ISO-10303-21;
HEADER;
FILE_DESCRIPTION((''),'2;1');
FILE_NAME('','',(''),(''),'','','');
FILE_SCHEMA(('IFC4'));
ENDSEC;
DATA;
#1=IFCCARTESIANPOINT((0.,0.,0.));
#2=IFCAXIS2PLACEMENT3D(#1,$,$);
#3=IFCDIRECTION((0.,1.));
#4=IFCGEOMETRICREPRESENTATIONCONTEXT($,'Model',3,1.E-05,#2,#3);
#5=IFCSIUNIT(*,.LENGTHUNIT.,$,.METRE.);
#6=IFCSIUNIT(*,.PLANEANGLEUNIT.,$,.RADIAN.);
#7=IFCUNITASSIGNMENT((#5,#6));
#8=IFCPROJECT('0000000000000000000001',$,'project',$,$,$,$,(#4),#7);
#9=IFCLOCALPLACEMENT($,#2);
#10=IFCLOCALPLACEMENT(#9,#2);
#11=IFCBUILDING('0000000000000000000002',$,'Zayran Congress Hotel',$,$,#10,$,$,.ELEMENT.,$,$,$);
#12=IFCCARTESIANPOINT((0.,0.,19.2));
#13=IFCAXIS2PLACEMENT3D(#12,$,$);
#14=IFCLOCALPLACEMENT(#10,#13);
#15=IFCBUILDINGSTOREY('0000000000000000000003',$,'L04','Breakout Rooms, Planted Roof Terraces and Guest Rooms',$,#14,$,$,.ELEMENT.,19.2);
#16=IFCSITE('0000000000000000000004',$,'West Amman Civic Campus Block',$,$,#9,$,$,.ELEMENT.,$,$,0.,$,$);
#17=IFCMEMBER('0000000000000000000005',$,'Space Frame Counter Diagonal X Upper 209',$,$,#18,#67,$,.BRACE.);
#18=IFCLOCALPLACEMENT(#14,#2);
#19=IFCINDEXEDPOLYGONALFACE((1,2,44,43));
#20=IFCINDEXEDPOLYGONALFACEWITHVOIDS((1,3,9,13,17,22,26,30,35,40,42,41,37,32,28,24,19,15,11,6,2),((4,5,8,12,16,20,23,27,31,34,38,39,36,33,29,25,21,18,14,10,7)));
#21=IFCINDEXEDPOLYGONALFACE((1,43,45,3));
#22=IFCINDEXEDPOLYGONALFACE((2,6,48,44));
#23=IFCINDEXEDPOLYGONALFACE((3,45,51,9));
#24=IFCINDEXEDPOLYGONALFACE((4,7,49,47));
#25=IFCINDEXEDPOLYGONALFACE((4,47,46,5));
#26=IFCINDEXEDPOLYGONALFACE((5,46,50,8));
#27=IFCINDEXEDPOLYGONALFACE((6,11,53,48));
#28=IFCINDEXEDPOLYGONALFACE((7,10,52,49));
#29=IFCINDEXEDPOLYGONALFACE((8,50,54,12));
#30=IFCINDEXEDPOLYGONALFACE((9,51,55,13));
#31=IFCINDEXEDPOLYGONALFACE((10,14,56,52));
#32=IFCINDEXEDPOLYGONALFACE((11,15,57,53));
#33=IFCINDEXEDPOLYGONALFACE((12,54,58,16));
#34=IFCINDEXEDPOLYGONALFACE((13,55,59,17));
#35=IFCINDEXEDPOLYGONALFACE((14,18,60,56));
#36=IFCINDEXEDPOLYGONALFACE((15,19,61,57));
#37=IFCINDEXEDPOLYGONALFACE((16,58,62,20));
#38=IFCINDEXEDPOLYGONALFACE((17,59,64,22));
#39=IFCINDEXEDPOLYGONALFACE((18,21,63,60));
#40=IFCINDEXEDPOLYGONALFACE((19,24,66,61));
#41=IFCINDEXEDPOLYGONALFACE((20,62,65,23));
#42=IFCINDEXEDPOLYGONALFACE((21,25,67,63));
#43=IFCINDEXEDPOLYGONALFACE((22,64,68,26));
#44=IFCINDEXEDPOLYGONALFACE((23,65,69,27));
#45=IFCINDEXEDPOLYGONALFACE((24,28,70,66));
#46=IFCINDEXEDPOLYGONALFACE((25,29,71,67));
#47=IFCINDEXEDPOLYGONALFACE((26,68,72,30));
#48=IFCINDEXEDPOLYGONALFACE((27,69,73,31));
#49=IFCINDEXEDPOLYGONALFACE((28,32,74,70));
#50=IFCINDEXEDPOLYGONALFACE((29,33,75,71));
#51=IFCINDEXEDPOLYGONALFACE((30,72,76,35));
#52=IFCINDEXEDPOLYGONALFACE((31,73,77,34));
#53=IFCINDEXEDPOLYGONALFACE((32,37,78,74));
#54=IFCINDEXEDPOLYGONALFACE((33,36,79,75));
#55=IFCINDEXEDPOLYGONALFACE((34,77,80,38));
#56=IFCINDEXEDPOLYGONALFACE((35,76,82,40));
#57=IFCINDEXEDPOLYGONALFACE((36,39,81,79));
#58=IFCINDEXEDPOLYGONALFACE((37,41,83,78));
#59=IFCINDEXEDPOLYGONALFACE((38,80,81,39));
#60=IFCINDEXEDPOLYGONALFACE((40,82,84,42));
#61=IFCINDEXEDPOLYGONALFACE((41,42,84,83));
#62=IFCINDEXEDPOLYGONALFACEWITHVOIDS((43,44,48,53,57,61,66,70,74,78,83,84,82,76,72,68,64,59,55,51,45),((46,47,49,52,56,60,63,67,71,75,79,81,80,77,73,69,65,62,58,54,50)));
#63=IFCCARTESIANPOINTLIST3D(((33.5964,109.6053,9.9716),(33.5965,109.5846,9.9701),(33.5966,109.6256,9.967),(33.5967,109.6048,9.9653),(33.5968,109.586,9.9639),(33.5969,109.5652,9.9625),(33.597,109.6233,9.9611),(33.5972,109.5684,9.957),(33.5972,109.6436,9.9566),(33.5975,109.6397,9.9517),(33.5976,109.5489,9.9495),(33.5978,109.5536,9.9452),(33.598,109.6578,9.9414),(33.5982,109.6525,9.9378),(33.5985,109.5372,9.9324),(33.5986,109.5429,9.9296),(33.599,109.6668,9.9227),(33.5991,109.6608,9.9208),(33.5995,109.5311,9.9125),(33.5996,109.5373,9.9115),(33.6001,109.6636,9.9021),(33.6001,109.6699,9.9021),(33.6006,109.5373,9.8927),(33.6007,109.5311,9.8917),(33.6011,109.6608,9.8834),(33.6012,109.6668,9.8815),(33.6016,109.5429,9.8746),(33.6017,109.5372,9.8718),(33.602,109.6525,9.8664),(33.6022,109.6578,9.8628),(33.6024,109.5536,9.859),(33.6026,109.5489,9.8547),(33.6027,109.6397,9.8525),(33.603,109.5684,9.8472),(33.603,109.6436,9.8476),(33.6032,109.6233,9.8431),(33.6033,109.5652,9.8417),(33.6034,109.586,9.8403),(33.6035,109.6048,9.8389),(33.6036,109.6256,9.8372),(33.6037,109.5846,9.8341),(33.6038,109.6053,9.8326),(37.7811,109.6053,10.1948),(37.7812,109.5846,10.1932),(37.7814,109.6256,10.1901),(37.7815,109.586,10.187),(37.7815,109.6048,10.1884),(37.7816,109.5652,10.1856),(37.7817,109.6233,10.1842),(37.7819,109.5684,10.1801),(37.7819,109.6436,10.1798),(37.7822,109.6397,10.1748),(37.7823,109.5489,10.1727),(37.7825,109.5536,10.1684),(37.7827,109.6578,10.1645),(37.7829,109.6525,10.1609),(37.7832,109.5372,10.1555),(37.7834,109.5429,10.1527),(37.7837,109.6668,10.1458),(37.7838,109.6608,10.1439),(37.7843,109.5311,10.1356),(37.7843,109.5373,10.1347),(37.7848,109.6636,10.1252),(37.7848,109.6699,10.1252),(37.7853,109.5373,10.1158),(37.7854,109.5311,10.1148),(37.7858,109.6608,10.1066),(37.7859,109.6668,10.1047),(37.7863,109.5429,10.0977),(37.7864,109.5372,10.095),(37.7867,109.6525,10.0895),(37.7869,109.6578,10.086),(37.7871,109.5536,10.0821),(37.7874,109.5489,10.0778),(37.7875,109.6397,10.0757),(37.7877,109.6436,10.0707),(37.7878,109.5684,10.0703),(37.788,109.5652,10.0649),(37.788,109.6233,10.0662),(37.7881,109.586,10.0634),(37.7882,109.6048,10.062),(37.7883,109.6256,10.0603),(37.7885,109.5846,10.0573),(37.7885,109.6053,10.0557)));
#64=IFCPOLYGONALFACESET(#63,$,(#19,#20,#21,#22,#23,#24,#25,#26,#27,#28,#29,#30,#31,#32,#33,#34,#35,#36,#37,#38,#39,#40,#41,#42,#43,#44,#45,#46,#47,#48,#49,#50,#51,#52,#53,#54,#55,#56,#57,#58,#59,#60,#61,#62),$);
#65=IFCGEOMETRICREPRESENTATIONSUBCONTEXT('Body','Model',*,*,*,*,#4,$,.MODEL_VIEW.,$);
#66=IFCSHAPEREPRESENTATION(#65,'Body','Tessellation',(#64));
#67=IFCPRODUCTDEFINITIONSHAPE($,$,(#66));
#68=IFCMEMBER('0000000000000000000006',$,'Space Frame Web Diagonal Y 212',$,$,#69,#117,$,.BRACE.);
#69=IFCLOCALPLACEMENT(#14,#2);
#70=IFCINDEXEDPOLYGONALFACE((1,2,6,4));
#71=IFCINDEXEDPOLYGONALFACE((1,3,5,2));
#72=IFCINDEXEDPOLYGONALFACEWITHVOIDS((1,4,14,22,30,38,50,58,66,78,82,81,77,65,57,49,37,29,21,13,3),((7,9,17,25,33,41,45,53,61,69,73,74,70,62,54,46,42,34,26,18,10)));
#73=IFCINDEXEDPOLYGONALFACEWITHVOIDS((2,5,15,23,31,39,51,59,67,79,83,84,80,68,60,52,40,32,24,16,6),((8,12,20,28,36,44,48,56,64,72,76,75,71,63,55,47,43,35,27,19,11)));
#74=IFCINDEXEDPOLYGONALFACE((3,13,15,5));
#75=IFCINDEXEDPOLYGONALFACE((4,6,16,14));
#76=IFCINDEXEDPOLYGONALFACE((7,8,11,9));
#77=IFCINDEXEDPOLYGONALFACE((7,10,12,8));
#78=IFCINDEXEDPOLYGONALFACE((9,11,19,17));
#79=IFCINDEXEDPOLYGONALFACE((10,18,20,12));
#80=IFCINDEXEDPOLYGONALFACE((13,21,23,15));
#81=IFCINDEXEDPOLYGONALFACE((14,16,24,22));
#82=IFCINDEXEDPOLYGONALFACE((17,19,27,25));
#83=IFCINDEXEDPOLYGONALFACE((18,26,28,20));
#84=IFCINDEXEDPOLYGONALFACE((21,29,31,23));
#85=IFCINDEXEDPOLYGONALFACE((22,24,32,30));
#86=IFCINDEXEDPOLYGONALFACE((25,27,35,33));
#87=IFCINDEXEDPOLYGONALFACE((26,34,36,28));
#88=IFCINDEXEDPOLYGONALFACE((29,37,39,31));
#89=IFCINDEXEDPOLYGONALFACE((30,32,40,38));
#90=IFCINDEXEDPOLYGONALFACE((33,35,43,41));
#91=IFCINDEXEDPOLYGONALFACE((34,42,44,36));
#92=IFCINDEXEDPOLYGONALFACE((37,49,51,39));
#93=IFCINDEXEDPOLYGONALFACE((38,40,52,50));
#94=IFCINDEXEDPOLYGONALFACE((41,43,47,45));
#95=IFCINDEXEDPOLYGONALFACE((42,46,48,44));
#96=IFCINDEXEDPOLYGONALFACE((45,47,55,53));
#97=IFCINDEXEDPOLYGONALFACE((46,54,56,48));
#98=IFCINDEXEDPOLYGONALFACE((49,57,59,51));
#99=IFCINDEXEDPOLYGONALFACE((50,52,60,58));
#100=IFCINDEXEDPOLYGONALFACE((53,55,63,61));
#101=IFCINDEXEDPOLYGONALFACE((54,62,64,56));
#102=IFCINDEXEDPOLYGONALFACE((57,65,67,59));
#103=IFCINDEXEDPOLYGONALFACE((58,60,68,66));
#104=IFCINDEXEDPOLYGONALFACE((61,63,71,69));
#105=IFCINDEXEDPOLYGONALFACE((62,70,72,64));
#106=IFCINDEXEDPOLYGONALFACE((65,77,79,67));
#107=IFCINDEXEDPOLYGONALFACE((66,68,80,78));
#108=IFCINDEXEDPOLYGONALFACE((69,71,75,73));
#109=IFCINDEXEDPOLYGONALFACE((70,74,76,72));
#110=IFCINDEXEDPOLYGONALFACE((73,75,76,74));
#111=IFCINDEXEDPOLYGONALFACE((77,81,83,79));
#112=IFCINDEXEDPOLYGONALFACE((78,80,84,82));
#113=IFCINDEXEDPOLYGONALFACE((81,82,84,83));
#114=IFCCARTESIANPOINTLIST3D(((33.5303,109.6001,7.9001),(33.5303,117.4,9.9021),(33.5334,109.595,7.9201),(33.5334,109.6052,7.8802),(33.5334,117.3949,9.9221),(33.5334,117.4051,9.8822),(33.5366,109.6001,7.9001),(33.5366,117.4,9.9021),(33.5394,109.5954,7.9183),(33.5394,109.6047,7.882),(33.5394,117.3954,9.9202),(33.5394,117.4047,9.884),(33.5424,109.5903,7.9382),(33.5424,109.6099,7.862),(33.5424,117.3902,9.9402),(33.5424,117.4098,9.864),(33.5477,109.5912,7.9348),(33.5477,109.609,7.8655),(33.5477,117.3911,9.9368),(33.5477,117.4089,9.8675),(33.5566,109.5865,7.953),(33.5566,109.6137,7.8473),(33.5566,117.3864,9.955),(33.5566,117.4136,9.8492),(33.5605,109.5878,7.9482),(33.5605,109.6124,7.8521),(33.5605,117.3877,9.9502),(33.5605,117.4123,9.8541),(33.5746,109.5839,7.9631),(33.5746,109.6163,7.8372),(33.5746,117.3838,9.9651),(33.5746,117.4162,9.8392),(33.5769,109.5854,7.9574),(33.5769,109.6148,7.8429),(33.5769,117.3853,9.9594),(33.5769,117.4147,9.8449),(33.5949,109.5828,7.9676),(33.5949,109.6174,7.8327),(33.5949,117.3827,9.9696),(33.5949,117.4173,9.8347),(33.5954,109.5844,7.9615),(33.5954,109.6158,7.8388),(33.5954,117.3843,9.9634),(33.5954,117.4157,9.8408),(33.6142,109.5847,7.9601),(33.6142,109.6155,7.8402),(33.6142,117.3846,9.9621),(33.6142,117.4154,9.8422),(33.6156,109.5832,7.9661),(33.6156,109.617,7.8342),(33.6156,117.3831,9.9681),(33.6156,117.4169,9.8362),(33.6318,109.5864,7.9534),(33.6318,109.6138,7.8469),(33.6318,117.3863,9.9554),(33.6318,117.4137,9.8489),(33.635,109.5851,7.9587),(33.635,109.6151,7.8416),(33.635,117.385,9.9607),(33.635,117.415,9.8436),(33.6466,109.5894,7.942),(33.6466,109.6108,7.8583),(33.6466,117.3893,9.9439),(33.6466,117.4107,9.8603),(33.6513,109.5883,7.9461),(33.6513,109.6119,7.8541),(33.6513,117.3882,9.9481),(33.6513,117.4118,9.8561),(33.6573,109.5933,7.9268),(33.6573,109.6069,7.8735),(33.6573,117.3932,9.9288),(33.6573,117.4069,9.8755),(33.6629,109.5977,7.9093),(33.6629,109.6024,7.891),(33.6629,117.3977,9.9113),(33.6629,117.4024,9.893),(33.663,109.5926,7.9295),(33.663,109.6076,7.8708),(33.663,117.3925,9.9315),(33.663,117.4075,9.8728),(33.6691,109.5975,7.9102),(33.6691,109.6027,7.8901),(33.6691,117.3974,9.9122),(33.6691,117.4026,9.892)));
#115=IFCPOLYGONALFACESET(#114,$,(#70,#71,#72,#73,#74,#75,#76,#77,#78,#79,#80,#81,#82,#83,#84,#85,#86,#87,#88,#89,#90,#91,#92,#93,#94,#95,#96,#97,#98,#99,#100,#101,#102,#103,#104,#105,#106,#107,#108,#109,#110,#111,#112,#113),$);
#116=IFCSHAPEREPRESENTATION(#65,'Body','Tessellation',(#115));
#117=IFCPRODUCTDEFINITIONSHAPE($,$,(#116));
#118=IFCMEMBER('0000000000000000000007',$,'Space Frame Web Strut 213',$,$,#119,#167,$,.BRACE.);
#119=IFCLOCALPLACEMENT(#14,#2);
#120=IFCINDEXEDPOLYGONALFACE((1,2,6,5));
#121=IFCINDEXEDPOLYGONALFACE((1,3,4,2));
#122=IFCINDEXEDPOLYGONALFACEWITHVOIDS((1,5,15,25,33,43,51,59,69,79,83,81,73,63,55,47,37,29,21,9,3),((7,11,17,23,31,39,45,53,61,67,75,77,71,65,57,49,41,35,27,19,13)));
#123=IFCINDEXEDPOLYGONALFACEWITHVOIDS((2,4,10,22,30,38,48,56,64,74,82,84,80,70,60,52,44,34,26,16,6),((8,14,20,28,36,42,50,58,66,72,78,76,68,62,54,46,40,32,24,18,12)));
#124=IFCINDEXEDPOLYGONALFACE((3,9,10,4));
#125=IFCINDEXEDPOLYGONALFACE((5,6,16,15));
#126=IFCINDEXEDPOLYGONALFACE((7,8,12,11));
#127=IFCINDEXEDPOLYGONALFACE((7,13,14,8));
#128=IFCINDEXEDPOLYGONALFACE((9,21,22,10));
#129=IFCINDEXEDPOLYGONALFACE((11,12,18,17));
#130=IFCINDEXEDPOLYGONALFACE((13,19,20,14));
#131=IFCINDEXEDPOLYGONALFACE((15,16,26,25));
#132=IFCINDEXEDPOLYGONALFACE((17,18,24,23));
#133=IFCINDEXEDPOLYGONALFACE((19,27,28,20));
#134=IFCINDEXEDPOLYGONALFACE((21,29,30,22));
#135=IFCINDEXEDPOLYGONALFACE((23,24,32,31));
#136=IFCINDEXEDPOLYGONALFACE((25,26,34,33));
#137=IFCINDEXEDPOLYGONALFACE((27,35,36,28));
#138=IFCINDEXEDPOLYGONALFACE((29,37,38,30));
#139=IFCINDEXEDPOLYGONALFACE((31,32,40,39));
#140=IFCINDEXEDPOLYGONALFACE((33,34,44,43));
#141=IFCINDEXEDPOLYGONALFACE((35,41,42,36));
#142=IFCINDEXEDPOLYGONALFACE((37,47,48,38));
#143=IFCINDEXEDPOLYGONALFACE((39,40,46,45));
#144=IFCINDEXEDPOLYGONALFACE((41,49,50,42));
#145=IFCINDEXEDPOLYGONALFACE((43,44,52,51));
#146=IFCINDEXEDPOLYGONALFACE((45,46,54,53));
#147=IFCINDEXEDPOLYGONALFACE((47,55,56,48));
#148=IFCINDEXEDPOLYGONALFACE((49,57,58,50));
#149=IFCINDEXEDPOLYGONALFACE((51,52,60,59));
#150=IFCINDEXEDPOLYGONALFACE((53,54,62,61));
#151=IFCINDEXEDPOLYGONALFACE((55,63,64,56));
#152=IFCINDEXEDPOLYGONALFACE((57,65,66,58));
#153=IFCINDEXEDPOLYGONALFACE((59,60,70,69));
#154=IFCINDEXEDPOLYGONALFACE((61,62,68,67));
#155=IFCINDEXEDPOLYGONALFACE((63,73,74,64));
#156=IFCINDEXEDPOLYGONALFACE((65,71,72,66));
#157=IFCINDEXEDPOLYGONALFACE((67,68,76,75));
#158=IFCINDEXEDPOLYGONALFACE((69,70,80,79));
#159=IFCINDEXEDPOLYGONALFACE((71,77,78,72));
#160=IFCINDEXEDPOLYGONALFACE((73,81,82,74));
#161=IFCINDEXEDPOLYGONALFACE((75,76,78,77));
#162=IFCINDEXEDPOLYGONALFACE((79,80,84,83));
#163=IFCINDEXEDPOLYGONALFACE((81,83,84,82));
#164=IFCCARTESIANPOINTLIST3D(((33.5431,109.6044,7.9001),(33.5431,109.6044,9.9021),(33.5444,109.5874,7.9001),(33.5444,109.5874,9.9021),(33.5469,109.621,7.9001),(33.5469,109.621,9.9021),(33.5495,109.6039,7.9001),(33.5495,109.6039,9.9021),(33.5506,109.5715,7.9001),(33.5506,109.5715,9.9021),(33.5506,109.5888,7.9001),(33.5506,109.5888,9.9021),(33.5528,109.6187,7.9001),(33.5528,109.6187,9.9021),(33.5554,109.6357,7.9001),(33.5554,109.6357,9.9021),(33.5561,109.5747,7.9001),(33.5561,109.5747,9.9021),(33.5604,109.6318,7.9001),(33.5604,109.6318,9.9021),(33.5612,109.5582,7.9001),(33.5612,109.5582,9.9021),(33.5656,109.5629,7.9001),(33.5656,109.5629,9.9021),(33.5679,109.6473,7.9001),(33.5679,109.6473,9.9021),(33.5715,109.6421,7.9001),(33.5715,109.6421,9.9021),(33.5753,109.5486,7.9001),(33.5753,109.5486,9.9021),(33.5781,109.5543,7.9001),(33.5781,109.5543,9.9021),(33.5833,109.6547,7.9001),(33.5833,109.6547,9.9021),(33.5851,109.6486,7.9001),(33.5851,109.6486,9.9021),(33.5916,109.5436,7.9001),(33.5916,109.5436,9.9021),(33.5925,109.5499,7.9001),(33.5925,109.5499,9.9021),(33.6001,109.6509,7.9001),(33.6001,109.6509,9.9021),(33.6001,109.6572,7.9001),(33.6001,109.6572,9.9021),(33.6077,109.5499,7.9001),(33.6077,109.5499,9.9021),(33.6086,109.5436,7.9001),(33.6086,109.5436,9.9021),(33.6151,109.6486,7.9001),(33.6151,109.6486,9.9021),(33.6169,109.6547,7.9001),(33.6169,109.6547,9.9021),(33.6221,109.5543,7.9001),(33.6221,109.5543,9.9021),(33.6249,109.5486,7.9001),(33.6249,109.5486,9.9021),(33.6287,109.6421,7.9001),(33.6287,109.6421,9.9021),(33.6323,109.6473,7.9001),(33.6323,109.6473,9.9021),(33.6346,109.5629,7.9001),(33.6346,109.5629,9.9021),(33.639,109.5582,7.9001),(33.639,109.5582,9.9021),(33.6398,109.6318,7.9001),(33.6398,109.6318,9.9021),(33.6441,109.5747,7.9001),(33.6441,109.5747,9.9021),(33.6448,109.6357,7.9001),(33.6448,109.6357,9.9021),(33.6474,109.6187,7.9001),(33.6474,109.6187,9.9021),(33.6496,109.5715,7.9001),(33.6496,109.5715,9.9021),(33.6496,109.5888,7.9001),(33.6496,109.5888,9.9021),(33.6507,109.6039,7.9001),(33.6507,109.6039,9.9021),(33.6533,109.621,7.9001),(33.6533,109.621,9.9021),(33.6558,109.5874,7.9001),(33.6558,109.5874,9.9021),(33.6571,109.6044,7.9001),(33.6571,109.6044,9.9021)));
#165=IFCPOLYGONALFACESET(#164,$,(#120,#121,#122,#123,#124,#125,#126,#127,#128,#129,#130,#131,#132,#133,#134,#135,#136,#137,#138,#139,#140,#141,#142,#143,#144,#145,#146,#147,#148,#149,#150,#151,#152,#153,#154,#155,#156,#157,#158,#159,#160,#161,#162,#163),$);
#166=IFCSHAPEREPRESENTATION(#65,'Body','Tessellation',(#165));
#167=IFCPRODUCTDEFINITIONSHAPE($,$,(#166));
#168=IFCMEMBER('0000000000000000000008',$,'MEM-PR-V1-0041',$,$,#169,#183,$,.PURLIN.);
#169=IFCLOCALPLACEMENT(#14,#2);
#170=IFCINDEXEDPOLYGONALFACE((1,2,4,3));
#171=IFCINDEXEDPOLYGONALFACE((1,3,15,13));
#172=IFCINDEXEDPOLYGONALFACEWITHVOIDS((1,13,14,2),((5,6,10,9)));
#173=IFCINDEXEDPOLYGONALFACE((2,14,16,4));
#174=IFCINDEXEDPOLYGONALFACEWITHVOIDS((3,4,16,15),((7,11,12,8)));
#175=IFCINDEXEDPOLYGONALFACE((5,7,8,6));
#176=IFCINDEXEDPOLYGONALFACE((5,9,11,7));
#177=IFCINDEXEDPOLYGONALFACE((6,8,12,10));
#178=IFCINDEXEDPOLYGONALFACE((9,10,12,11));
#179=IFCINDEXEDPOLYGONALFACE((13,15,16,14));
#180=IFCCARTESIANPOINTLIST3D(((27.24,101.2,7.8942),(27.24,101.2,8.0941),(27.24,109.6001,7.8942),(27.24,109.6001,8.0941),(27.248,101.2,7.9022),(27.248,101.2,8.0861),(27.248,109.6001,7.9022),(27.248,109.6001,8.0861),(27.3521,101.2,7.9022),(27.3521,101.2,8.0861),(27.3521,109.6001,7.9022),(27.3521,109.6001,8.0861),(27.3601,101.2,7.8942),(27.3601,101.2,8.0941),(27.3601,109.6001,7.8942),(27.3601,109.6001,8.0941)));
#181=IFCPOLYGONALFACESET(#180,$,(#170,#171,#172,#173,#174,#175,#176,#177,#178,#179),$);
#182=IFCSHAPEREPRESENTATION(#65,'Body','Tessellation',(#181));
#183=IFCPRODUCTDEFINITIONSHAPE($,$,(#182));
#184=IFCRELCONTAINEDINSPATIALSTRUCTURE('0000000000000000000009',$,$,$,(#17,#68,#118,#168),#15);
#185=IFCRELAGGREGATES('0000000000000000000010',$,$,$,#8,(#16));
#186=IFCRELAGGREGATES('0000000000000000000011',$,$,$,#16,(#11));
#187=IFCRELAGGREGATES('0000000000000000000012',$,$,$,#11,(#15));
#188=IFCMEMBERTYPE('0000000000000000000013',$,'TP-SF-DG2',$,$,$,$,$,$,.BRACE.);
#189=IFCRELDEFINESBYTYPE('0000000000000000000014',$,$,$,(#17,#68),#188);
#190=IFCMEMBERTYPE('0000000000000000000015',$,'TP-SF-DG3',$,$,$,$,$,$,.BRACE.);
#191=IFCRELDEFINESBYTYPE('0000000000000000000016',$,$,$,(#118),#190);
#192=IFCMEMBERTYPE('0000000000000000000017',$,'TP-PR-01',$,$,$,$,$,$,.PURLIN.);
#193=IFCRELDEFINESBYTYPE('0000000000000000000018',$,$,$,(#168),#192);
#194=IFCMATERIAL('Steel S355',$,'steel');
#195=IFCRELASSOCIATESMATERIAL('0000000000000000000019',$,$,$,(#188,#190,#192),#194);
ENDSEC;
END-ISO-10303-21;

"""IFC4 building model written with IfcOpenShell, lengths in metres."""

from ifc_helpers import new_model, si_unit, direction, frame, origin, origin_2d, place, context, subcontext, project, spatial, hollow_rectangle, hollow_circle, extrude, material, material_profile, profile_set, type_object, element, save


model = new_model("IFC4")

# Units and contexts
model_context = context("Model", 3, precision=1e-05, world=origin(), true_north=direction((0.0, 1.0)))
body_context = subcontext(model_context, "Body", "Model", "MODEL_VIEW")
ifc_project = project(units=[si_unit("LENGTHUNIT", "METRE"), si_unit("PLANEANGLEUNIT", "RADIAN")], contexts=[model_context])

# Site, building, storey
site_placement = place(None, origin())
site = spatial("IfcSite", under=ifc_project, at=site_placement, Name="West Amman Civic Campus Block", CompositionType="ELEMENT", RefElevation=0.0)
building_placement = place(site_placement, origin())
building = spatial("IfcBuilding", under=site, at=building_placement, Name="Zayran Congress Hotel", CompositionType="ELEMENT")
storey_placement = place(building_placement, frame((0.0, 0.0, 19.2)))
storey = spatial("IfcBuildingStorey", under=building, at=storey_placement, Name="L04", Description="Breakout Rooms, Planted Roof Terraces and Guest Rooms", CompositionType="ELEMENT", Elevation=19.2)

# Members
ifc_material_1 = material(Name="Steel S355", Category="steel")
ifc_material_profile_1 = material_profile(ifc_material_1, hollow_circle(Radius=0.0698, WallThickness=0.0063, at=origin_2d()), Name="CHS 139.7x6.3")
ifc_profile_set_1 = profile_set([ifc_material_profile_1], Name="Steel S355")
member_type_1 = type_object("IfcMemberType", Name="TP-SF-DG2", PredefinedType="BRACE", material=ifc_profile_set_1)
for number, where, z_axis, x_axis, name in (
    (1, (33.6001, 109.6001, 9.9021), (0.998581, 0.0, 0.053247), (0.0, 1.0, 0.0), "Space Frame Counter Diagonal X Upper 209"),
):
    element("IfcMember", number, at=place(storey_placement, frame(where, z_axis=z_axis, x_axis=x_axis)), inside=storey, type_object=member_type_1, Name=name, PredefinedType="BRACE", context=body_context, shape_type="SweptSolid", body=[
        extrude(hollow_circle(Radius=0.0698, WallThickness=0.0063, at=origin_2d()), origin(), (0.0, 0.0, 1.0), 4.1907),
    ])
member_1_placement = place(storey_placement, frame((33.6001, 109.6001, 7.9001), z_axis=(0.0, 0.968604, 0.248609), x_axis=(-1.0, 0.0, 0.0)))
element("IfcMember", 2, at=member_1_placement, inside=storey, type_object=member_type_1, Name="Space Frame Web Diagonal Y 212", PredefinedType="BRACE", context=body_context, shape_type="SweptSolid", body=[
    extrude(hollow_circle(Radius=0.0698, WallThickness=0.0063, at=origin_2d()), origin(), (0.0, 0.0, 1.0), 8.0527),
])
ifc_material_profile_2 = material_profile(ifc_material_1, hollow_circle(Radius=0.0571, WallThickness=0.0063, at=origin_2d()), Name="CHS 114.3x6.3")
ifc_profile_set_2 = profile_set([ifc_material_profile_2], Name="Steel S355")
member_type_2 = type_object("IfcMemberType", Name="TP-SF-DG3", PredefinedType="BRACE", material=ifc_profile_set_2)
member_2_placement = place(storey_placement, frame((33.6001, 109.6001, 7.9001), z_axis=(0.0, 0.0, 1.0), x_axis=(0.0, 1.0, 0.0)))
element("IfcMember", 3, at=member_2_placement, inside=storey, type_object=member_type_2, Name="Space Frame Web Strut 213", PredefinedType="BRACE", context=body_context, shape_type="SweptSolid", body=[
    extrude(hollow_circle(Radius=0.0571, WallThickness=0.0063, at=origin_2d()), origin(), (0.0, 0.0, 1.0), 2.002),
])
ifc_material_profile_3 = material_profile(ifc_material_1, hollow_rectangle(XDim=0.1201, YDim=0.2, WallThickness=0.0081, at=origin_2d()), Name="RHS 200x120x8")
ifc_profile_set_3 = profile_set([ifc_material_profile_3], Name="Steel S355")
member_type_3 = type_object("IfcMemberType", Name="TP-PR-01", PredefinedType="PURLIN", material=ifc_profile_set_3)
member_3_placement = place(storey_placement, frame((27.3, 101.2, 7.9941), z_axis=(0.0, 1.0, 0.0), x_axis=(-1.0, 0.0, 0.0)))
element("IfcMember", 4, at=member_3_placement, inside=storey, type_object=member_type_3, Name="MEM-PR-V1-0041", PredefinedType="PURLIN", context=body_context, shape_type="SweptSolid", body=[
    extrude(hollow_rectangle(XDim=0.1201, YDim=0.2, WallThickness=0.0081, at=origin_2d()), origin(), (0.0, 0.0, 1.0), 8.4001),
])

save(model, "model.ifc")
